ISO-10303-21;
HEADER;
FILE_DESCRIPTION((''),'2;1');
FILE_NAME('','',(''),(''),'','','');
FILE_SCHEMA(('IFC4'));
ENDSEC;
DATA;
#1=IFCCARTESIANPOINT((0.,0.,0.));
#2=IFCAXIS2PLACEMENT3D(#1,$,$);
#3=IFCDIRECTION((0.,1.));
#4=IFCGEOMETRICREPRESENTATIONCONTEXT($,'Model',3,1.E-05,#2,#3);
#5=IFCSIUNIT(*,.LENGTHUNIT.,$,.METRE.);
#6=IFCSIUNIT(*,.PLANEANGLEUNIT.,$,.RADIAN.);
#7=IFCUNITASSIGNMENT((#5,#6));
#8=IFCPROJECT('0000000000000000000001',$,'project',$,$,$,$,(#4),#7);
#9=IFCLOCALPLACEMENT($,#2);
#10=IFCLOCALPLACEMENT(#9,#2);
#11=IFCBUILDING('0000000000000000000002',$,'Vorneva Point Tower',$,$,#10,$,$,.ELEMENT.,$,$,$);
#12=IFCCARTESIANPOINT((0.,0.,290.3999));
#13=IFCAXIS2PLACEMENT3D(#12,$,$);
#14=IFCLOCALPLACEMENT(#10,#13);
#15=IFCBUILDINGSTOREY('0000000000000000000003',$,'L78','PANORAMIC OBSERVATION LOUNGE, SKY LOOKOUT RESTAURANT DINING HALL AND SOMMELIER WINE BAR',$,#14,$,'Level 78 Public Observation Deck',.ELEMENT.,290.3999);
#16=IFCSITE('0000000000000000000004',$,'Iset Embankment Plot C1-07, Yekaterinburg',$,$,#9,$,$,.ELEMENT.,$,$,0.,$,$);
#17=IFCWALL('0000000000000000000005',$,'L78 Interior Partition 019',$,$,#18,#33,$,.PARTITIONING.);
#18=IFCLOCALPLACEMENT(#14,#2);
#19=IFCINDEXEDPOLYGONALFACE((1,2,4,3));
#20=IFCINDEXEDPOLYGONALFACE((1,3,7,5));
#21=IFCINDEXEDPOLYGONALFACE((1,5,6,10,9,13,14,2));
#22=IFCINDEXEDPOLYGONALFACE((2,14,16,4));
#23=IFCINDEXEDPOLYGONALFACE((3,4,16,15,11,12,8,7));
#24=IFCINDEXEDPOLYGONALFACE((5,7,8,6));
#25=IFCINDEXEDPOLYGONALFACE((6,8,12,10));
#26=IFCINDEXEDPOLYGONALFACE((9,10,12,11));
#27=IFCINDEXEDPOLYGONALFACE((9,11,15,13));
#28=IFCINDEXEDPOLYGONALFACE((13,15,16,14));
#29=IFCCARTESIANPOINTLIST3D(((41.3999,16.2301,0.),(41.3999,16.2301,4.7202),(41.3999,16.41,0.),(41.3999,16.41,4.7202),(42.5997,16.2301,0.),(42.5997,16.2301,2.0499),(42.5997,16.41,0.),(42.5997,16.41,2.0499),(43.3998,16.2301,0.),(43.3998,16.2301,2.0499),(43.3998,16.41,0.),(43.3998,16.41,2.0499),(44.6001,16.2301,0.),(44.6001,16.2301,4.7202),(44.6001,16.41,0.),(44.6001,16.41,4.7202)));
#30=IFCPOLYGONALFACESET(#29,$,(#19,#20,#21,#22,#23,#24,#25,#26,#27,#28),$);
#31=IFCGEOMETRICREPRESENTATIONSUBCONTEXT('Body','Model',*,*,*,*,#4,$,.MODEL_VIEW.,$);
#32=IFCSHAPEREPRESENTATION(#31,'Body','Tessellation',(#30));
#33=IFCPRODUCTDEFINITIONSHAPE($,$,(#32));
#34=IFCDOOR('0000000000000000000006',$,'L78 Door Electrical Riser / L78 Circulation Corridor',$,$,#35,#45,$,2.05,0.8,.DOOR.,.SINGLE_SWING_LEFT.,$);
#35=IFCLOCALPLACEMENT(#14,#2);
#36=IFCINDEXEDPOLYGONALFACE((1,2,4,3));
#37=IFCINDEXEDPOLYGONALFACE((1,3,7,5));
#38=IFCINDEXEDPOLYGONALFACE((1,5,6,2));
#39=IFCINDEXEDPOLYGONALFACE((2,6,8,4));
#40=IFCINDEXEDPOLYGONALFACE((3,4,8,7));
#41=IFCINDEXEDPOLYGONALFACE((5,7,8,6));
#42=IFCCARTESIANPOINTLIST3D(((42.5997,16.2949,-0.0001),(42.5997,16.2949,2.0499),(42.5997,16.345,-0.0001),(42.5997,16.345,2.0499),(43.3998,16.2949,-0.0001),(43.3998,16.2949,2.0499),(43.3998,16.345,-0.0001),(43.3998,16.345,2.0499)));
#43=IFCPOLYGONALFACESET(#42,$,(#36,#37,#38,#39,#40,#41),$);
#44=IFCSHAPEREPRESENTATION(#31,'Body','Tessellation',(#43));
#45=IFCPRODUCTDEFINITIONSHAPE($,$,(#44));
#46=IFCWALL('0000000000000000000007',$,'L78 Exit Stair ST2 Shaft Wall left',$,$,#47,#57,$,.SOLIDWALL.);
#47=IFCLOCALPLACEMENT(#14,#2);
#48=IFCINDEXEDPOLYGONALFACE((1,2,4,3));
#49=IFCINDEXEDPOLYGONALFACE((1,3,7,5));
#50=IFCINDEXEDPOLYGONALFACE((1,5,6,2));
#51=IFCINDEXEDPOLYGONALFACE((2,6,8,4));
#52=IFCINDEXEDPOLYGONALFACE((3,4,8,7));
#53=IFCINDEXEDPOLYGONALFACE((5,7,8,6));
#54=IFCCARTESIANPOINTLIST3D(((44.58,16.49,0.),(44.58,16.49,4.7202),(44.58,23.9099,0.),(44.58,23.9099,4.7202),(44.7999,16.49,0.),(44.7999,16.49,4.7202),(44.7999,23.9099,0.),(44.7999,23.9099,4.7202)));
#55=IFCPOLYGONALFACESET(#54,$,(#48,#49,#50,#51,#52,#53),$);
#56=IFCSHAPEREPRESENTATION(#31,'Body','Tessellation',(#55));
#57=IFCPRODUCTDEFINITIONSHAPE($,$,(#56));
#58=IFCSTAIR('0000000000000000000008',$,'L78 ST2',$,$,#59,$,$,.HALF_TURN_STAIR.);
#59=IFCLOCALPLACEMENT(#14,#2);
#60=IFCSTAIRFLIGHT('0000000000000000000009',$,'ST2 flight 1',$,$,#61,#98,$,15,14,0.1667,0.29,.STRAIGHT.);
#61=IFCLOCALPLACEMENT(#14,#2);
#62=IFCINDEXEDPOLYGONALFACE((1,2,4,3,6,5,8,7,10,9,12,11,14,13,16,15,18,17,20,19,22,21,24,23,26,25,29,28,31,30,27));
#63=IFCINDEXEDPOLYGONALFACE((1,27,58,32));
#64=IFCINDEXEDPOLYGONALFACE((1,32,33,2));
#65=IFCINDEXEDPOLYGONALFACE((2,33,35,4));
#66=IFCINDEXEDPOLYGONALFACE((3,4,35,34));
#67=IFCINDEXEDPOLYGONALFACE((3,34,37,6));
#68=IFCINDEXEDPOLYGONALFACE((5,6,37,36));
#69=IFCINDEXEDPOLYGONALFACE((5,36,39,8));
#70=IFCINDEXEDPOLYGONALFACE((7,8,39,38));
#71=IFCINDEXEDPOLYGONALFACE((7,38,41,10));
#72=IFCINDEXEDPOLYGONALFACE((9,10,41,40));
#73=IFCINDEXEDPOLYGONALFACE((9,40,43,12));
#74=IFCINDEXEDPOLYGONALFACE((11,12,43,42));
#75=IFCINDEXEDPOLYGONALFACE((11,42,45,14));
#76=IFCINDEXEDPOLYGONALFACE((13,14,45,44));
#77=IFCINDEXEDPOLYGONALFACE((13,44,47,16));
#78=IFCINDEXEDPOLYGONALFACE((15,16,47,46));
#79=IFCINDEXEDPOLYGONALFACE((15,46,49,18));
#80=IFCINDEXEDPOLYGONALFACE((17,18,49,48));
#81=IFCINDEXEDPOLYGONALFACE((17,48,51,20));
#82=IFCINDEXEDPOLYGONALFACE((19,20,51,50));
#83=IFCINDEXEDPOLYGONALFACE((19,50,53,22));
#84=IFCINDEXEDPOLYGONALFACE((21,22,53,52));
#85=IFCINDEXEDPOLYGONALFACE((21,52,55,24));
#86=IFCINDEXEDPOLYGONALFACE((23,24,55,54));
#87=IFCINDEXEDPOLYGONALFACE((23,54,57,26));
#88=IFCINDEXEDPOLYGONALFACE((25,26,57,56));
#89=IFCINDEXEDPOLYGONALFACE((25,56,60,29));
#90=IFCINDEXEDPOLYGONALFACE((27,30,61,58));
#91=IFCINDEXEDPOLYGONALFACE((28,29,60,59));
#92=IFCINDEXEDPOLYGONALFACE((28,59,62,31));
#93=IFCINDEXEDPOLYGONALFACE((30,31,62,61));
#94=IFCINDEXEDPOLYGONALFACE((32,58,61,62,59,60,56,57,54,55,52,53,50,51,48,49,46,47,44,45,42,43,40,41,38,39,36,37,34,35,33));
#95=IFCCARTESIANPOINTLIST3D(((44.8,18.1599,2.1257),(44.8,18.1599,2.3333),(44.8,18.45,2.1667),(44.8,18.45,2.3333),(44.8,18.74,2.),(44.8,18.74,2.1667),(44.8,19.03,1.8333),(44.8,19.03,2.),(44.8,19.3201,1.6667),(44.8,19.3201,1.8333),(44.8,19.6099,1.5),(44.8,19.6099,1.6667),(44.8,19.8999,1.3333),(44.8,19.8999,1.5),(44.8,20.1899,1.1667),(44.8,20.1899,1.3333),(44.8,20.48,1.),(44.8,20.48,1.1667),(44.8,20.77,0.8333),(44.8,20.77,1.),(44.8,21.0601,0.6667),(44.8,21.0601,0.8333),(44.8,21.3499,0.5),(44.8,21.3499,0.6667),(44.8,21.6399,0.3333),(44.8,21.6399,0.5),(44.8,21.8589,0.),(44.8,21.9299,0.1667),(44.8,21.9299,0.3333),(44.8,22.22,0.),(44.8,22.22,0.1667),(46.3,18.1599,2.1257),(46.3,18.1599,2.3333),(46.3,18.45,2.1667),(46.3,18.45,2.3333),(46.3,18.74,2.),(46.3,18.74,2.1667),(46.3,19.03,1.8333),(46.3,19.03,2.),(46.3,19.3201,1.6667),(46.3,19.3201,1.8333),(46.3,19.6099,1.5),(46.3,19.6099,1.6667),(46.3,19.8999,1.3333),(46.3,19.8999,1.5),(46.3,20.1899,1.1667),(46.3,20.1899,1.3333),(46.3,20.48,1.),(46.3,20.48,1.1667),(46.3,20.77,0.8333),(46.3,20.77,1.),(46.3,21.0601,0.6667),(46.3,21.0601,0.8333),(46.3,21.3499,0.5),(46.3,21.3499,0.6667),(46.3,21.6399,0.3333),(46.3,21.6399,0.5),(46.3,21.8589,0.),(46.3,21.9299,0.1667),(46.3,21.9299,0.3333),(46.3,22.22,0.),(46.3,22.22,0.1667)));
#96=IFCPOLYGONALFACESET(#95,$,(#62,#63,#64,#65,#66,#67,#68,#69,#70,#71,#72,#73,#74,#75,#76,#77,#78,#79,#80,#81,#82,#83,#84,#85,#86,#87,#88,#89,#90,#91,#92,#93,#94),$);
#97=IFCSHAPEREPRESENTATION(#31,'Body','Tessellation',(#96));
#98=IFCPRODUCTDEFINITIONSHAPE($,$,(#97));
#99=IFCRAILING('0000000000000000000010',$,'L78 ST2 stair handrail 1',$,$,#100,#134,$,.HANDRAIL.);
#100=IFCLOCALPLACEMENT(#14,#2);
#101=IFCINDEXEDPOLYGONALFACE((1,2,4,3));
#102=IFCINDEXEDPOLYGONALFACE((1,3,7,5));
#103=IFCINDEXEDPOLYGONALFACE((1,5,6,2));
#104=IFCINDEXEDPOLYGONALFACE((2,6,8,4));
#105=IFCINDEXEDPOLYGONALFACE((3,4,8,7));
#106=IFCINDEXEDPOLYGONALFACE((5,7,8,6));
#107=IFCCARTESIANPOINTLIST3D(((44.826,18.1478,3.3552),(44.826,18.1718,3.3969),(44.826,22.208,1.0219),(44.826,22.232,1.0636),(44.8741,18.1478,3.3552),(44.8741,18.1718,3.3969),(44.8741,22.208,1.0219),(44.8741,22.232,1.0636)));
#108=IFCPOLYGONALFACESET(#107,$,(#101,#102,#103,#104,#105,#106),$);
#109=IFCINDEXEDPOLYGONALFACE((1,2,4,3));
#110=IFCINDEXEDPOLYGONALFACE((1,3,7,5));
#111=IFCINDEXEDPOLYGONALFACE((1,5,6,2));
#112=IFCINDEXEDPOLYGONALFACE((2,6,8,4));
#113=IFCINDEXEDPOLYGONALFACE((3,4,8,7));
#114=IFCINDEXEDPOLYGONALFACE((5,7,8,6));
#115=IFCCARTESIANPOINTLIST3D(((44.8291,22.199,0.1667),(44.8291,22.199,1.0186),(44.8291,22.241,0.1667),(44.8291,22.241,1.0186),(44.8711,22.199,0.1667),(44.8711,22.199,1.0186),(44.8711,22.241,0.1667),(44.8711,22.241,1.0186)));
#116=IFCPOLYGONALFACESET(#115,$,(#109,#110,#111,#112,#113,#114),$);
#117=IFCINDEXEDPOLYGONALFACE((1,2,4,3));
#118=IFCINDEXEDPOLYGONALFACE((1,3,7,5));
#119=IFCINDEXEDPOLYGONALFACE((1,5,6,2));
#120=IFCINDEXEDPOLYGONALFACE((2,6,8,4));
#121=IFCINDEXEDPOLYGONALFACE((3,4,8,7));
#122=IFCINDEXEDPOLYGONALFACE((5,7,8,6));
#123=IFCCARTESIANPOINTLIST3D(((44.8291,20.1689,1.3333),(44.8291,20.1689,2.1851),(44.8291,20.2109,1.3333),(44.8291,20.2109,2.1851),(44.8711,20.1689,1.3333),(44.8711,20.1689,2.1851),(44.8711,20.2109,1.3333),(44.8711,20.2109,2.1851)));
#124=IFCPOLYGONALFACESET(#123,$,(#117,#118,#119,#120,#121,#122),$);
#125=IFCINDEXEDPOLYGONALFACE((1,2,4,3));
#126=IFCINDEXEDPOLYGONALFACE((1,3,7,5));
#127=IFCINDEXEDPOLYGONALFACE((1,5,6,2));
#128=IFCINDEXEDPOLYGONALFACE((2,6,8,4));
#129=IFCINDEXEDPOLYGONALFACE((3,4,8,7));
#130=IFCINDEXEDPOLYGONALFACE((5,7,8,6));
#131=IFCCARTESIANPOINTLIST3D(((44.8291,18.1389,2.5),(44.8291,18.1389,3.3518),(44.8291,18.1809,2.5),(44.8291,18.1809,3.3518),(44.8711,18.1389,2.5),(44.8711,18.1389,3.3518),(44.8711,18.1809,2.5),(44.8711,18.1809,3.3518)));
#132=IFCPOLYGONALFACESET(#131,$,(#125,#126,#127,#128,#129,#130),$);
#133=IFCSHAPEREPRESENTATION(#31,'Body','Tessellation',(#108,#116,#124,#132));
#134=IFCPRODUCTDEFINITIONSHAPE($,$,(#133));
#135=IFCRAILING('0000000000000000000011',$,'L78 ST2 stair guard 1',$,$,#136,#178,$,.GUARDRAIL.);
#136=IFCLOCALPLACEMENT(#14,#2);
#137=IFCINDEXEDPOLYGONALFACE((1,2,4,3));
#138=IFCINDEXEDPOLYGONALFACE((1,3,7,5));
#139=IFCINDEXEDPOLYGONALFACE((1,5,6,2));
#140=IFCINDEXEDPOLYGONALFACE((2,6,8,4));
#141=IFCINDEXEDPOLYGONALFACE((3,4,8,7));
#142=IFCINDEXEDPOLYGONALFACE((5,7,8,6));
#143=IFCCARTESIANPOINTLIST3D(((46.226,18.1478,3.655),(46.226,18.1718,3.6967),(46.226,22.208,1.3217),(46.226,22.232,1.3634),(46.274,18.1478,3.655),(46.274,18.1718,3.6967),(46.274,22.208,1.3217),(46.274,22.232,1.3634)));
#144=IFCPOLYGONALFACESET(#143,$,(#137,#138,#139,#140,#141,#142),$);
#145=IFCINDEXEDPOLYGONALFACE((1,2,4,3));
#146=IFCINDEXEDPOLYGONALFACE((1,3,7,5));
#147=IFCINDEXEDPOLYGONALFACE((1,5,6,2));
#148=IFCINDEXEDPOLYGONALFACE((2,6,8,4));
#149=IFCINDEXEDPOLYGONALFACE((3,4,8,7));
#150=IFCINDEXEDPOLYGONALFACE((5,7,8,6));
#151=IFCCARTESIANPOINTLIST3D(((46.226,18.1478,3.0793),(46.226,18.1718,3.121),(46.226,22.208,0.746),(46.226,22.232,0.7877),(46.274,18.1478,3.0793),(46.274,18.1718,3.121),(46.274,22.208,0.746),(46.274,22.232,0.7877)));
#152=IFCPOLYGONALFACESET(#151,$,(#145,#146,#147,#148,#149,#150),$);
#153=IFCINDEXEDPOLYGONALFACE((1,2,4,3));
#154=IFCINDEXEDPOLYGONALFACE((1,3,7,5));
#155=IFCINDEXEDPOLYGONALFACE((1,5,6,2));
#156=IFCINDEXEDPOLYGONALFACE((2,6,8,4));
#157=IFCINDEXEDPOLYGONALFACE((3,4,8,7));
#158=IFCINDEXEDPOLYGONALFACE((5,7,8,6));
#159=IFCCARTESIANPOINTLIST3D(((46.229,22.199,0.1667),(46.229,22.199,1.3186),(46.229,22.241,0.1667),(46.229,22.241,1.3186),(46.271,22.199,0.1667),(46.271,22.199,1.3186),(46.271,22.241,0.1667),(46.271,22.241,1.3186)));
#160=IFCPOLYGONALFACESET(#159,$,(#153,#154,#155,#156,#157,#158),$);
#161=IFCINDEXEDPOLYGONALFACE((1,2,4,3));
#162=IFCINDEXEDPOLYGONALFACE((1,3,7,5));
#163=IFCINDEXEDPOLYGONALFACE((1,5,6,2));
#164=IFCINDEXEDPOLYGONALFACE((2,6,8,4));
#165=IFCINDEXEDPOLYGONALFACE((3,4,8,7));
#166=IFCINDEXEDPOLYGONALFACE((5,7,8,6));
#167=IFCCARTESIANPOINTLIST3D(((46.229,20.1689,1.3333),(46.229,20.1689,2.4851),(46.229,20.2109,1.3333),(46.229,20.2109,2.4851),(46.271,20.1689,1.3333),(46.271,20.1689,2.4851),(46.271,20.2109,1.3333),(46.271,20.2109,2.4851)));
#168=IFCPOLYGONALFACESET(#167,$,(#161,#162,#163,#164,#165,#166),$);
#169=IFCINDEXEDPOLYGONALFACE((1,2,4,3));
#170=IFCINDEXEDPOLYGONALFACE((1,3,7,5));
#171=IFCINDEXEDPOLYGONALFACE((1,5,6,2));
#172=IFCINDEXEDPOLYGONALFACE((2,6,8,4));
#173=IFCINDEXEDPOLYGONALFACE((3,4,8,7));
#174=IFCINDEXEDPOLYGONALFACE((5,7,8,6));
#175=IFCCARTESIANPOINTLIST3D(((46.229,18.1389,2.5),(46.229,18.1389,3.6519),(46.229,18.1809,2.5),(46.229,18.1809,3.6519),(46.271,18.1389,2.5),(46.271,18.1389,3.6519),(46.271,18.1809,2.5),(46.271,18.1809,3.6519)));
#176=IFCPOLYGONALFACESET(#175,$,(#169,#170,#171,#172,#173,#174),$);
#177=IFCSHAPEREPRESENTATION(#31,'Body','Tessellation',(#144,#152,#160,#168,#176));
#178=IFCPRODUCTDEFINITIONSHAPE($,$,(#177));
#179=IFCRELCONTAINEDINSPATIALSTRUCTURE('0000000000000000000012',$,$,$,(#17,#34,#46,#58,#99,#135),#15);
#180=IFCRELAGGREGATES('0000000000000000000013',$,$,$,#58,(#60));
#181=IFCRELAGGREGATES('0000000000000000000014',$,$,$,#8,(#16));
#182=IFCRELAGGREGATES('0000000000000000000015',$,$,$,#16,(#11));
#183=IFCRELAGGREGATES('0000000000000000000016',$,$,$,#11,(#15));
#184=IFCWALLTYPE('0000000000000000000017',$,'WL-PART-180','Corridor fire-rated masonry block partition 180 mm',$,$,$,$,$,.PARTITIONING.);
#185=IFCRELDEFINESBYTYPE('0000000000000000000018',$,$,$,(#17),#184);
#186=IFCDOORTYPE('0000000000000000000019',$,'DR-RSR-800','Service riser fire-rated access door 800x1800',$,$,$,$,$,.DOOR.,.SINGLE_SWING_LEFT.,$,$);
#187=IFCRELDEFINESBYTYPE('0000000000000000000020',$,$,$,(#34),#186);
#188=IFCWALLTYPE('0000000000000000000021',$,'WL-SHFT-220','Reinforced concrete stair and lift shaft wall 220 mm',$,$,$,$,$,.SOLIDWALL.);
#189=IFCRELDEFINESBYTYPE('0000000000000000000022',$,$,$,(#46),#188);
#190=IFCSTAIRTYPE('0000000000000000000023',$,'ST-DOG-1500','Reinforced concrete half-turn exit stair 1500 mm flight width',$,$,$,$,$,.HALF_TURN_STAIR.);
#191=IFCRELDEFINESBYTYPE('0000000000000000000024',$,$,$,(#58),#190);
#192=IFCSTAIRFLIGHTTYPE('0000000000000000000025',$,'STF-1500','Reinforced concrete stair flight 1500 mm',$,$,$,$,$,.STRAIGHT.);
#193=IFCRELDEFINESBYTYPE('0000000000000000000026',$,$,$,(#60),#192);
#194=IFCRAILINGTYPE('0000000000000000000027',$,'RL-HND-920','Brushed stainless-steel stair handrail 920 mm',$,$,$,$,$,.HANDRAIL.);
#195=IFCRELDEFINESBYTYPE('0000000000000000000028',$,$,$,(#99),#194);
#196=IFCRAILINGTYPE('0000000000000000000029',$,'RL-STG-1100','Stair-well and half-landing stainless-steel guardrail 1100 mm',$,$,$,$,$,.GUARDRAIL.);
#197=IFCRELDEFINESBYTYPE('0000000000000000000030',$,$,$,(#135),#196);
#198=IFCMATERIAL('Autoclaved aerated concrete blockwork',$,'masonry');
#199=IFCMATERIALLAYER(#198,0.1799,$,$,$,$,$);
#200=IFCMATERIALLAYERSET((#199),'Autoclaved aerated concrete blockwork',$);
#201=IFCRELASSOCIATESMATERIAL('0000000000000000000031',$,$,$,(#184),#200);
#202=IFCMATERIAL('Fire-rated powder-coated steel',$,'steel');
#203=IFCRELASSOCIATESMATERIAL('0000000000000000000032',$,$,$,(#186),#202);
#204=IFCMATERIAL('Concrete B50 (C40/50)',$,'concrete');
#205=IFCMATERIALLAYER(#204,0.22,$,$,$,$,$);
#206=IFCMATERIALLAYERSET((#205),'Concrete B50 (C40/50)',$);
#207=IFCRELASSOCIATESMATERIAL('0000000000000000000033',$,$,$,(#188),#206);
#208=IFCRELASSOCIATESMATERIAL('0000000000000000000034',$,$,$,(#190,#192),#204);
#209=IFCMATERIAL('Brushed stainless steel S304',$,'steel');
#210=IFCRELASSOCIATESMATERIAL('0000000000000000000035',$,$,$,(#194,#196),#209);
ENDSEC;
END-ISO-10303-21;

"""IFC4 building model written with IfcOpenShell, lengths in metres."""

from ifc_helpers import new_model, si_unit, direction, frame, frame_2d, origin, origin_2d, place, context, subcontext, project, spatial, polyline, rectangle, outline, extrude, material, layer, layer_set, type_object, element, fill, aggregate, save


model = new_model("IFC4")

# Units and contexts
model_context = context("Model", 3, precision=1e-05, world=origin(), true_north=direction((0.0, 1.0)))
body_context = subcontext(model_context, "Body", "Model", "MODEL_VIEW")
ifc_project = project(units=[si_unit("LENGTHUNIT", "METRE"), si_unit("PLANEANGLEUNIT", "RADIAN")], contexts=[model_context])

# Site, building, storey
site_placement = place(None, origin())
site = spatial("IfcSite", under=ifc_project, at=site_placement, Name="Iset Embankment Plot C1-07, Yekaterinburg", CompositionType="ELEMENT", RefElevation=0.0)
building_placement = place(site_placement, origin())
building = spatial("IfcBuilding", under=site, at=building_placement, Name="Vorneva Point Tower", CompositionType="ELEMENT")
storey_placement = place(building_placement, frame((0.0, 0.0, 290.3999)))
storey = spatial("IfcBuildingStorey", under=building, at=storey_placement, Name="L78", Description="PANORAMIC OBSERVATION LOUNGE, SKY LOOKOUT RESTAURANT DINING HALL AND SOMMELIER WINE BAR", LongName="Level 78 Public Observation Deck", CompositionType="ELEMENT", Elevation=290.3999)

# Shared definitions
ifc_material_1 = material(Name="Concrete B50 (C40/50)", Category="concrete")

# Shared definitions
ifc_material_2 = material(Name="Autoclaved aerated concrete blockwork", Category="masonry")
ifc_layer_1 = layer(ifc_material_2, 0.1799)
ifc_layer_set_1 = layer_set([ifc_layer_1], Name="Autoclaved aerated concrete blockwork")
wall_type_1 = type_object("IfcWallType", Name="WL-PART-180", Description="Corridor fire-rated masonry block partition 180 mm", PredefinedType="PARTITIONING", material=ifc_layer_set_1)

# Wall, opening, door
ifc_material_3 = material(Name="Fire-rated powder-coated steel", Category="steel")
door_type_1 = type_object("IfcDoorType", Name="DR-RSR-800", Description="Service riser fire-rated access door 800x1800", OperationType="SINGLE_SWING_LEFT", PredefinedType="DOOR", material=ifc_material_3)
wall_1_placement = place(storey_placement, frame((41.3999, 16.3201, 0.0), z_axis=(0.0, 0.0, 1.0), x_axis=(1.0, 0.0, 0.0)))
wall_1 = element("IfcWall", 1, at=wall_1_placement, inside=storey, type_object=wall_type_1, Name="L78 Interior Partition 019", PredefinedType="PARTITIONING", context=body_context, shape_type="SweptSolid", body=[
    extrude(rectangle(XDim=3.2002, YDim=0.1799, at=frame_2d((1.6001, 0.0))), origin(), (0.0, 0.0, 1.0), 4.7202),
])
opening_1_placement = place(wall_1_placement, frame((1.2, 0.0, 0.0)))
opening_1 = element("IfcOpeningElement", 2, at=opening_1_placement, cuts=wall_1, PredefinedType="OPENING", context=body_context, shape_type="SweptSolid", body=[
    extrude(rectangle(XDim=0.8, YDim=2.05, at=frame_2d((0.3999, 1.0249))), frame((0.0, 0.105, 0.0), z_axis=(0.0, -1.0, 0.0), x_axis=(1.0, 0.0, 0.0)), (0.0, 0.0, 1.0), 0.2097),
])
door_1_placement = place(opening_1_placement, origin())
door_1 = element("IfcDoor", 3, at=door_1_placement, inside=storey, type_object=door_type_1, Name="L78 Door Electrical Riser / L78 Circulation Corridor", OperationType="SINGLE_SWING_LEFT", OverallHeight=2.05, OverallWidth=0.8, PredefinedType="DOOR", context=body_context, shape_type="SweptSolid", body=[
    extrude(rectangle(XDim=0.8, YDim=2.05, at=frame_2d((0.3999, 1.0249))), frame((0.0, 0.0249, 0.0), z_axis=(0.0, -1.0, 0.0), x_axis=(1.0, 0.0, 0.0)), (0.0, 0.0, 1.0), 0.05),
])
fill(opening_1, door_1)
ifc_layer_2 = layer(ifc_material_1, 0.22)
ifc_layer_set_2 = layer_set([ifc_layer_2], Name="Concrete B50 (C40/50)")
wall_type_2 = type_object("IfcWallType", Name="WL-SHFT-220", Description="Reinforced concrete stair and lift shaft wall 220 mm", PredefinedType="SOLIDWALL", material=ifc_layer_set_2)

# Wall
wall_2_placement = place(storey_placement, frame((44.6899, 16.49, 0.0), z_axis=(0.0, 0.0, 1.0), x_axis=(0.0, 1.0, 0.0)))
element("IfcWall", 4, at=wall_2_placement, inside=storey, type_object=wall_type_2, Name="L78 Exit Stair ST2 Shaft Wall left", PredefinedType="SOLIDWALL", context=body_context, shape_type="SweptSolid", body=[
    extrude(rectangle(XDim=7.4199, YDim=0.22, at=frame_2d((3.71, 0.0))), origin(), (0.0, 0.0, 1.0), 4.7202),
])

# Stair, stair flight
stair_type = type_object("IfcStairType", Name="ST-DOG-1500", Description="Reinforced concrete half-turn exit stair 1500 mm flight width", PredefinedType="HALF_TURN_STAIR", material=ifc_material_1)
stair_placement = place(storey_placement, origin())
stair = element("IfcStair", 5, at=stair_placement, inside=storey, type_object=stair_type, Name="L78 ST2", PredefinedType="HALF_TURN_STAIR")
stair_flight_type = type_object("IfcStairFlightType", Name="STF-1500", Description="Reinforced concrete stair flight 1500 mm", PredefinedType="STRAIGHT", material=ifc_material_1)
stair_flight_placement = place(storey_placement, frame((45.55, 22.22, 0.0), z_axis=(0.0, 0.0, 1.0), x_axis=(0.0, -1.0, 0.0)))
stair_flight = element("IfcStairFlight", 6, at=stair_flight_placement, type_object=stair_flight_type, Name="ST2 flight 1", NumberOfRisers=15, NumberOfTreads=14, PredefinedType="STRAIGHT", RiserHeight=0.1667, TreadLength=0.29, context=body_context, shape_type="SweptSolid", body=[
    extrude(outline(polyline([(0.0, 0.0), (0.0, 0.1667), (0.29, 0.1667), (0.29, 0.3333), (0.5801, 0.3333), (0.5801, 0.5), (0.8701, 0.5), (0.8701, 0.6667), (1.1599, 0.6667), (1.1599, 0.8333), (1.45, 0.8333), (1.45, 1.0), (1.74, 1.0), (1.74, 1.1667), (2.03, 1.1667), (2.03, 1.3333), (2.3201, 1.3333), (2.3201, 1.5), (2.6101, 1.5), (2.6101, 1.6667), (2.8999, 1.6667), (2.8999, 1.8333), (3.1899, 1.8333), (3.1899, 2.0), (3.48, 2.0), (3.48, 2.1667), (3.77, 2.1667), (3.77, 2.3333), (4.0601, 2.3333), (4.0601, 2.5), (4.0601, 2.1257), (0.3611, 0.0), (0.0, 0.0)])), frame((0.0, 0.75, 0.0), z_axis=(0.0, -1.0, 0.0), x_axis=(1.0, 0.0, 0.0)), (0.0, 0.0, 1.0), 1.5),
])
aggregate(stair, [stair_flight])

# Railings
ifc_material_4 = material(Name="Brushed stainless steel S304", Category="steel")
railing_type_1 = type_object("IfcRailingType", Name="RL-HND-920", Description="Brushed stainless-steel stair handrail 920 mm", PredefinedType="HANDRAIL", material=ifc_material_4)
railing_1_placement = place(storey_placement, frame((44.8501, 22.22, 0.1667)))
element("IfcRailing", 7, at=railing_1_placement, inside=storey, type_object=railing_type_1, Name="L78 ST2 stair handrail 1", PredefinedType="HANDRAIL", context=body_context, shape_type="SweptSolid", body=[
    extrude(rectangle(XDim=0.0481, YDim=0.0481, at=origin_2d()), frame((0.0, 0.0, 0.876), z_axis=(0.0, -0.867025, 0.498265), x_axis=(1.0, 0.0, 0.0)), (0.0, 0.0, 1.0), 4.6829),
    extrude(rectangle(XDim=0.042, YDim=0.042, at=origin_2d()), origin(), (0.0, 0.0, 1.0), 0.8518),
    extrude(rectangle(XDim=0.042, YDim=0.042, at=origin_2d()), frame((0.0, -2.03, 1.1665)), (0.0, 0.0, 1.0), 0.8518),
    extrude(rectangle(XDim=0.042, YDim=0.042, at=origin_2d()), frame((0.0, -4.0601, 2.3333)), (0.0, 0.0, 1.0), 0.8518),
])
railing_type_2 = type_object("IfcRailingType", Name="RL-STG-1100", Description="Stair-well and half-landing stainless-steel guardrail 1100 mm", PredefinedType="GUARDRAIL", material=ifc_material_4)
railing_2_placement = place(storey_placement, frame((46.25, 22.22, 0.1667)))
element("IfcRailing", 8, at=railing_2_placement, inside=storey, type_object=railing_type_2, Name="L78 ST2 stair guard 1", PredefinedType="GUARDRAIL", context=body_context, shape_type="SweptSolid", body=[
    extrude(rectangle(XDim=0.0481, YDim=0.0481, at=origin_2d()), frame((0.0, 0.0, 1.1758), z_axis=(0.0, -0.867025, 0.498265), x_axis=(1.0, 0.0, 0.0)), (0.0, 0.0, 1.0), 4.6829),
    extrude(rectangle(XDim=0.0481, YDim=0.0481, at=origin_2d()), frame((0.0, 0.0, 0.6001), z_axis=(0.0, -0.867025, 0.498265), x_axis=(1.0, 0.0, 0.0)), (0.0, 0.0, 1.0), 4.6829),
    extrude(rectangle(XDim=0.042, YDim=0.042, at=origin_2d()), origin(), (0.0, 0.0, 1.0), 1.1519),
    extrude(rectangle(XDim=0.042, YDim=0.042, at=origin_2d()), frame((0.0, -2.03, 1.1665)), (0.0, 0.0, 1.0), 1.1519),
    extrude(rectangle(XDim=0.042, YDim=0.042, at=origin_2d()), frame((0.0, -4.0601, 2.3333)), (0.0, 0.0, 1.0), 1.1519),
])

save(model, "model.ifc")
